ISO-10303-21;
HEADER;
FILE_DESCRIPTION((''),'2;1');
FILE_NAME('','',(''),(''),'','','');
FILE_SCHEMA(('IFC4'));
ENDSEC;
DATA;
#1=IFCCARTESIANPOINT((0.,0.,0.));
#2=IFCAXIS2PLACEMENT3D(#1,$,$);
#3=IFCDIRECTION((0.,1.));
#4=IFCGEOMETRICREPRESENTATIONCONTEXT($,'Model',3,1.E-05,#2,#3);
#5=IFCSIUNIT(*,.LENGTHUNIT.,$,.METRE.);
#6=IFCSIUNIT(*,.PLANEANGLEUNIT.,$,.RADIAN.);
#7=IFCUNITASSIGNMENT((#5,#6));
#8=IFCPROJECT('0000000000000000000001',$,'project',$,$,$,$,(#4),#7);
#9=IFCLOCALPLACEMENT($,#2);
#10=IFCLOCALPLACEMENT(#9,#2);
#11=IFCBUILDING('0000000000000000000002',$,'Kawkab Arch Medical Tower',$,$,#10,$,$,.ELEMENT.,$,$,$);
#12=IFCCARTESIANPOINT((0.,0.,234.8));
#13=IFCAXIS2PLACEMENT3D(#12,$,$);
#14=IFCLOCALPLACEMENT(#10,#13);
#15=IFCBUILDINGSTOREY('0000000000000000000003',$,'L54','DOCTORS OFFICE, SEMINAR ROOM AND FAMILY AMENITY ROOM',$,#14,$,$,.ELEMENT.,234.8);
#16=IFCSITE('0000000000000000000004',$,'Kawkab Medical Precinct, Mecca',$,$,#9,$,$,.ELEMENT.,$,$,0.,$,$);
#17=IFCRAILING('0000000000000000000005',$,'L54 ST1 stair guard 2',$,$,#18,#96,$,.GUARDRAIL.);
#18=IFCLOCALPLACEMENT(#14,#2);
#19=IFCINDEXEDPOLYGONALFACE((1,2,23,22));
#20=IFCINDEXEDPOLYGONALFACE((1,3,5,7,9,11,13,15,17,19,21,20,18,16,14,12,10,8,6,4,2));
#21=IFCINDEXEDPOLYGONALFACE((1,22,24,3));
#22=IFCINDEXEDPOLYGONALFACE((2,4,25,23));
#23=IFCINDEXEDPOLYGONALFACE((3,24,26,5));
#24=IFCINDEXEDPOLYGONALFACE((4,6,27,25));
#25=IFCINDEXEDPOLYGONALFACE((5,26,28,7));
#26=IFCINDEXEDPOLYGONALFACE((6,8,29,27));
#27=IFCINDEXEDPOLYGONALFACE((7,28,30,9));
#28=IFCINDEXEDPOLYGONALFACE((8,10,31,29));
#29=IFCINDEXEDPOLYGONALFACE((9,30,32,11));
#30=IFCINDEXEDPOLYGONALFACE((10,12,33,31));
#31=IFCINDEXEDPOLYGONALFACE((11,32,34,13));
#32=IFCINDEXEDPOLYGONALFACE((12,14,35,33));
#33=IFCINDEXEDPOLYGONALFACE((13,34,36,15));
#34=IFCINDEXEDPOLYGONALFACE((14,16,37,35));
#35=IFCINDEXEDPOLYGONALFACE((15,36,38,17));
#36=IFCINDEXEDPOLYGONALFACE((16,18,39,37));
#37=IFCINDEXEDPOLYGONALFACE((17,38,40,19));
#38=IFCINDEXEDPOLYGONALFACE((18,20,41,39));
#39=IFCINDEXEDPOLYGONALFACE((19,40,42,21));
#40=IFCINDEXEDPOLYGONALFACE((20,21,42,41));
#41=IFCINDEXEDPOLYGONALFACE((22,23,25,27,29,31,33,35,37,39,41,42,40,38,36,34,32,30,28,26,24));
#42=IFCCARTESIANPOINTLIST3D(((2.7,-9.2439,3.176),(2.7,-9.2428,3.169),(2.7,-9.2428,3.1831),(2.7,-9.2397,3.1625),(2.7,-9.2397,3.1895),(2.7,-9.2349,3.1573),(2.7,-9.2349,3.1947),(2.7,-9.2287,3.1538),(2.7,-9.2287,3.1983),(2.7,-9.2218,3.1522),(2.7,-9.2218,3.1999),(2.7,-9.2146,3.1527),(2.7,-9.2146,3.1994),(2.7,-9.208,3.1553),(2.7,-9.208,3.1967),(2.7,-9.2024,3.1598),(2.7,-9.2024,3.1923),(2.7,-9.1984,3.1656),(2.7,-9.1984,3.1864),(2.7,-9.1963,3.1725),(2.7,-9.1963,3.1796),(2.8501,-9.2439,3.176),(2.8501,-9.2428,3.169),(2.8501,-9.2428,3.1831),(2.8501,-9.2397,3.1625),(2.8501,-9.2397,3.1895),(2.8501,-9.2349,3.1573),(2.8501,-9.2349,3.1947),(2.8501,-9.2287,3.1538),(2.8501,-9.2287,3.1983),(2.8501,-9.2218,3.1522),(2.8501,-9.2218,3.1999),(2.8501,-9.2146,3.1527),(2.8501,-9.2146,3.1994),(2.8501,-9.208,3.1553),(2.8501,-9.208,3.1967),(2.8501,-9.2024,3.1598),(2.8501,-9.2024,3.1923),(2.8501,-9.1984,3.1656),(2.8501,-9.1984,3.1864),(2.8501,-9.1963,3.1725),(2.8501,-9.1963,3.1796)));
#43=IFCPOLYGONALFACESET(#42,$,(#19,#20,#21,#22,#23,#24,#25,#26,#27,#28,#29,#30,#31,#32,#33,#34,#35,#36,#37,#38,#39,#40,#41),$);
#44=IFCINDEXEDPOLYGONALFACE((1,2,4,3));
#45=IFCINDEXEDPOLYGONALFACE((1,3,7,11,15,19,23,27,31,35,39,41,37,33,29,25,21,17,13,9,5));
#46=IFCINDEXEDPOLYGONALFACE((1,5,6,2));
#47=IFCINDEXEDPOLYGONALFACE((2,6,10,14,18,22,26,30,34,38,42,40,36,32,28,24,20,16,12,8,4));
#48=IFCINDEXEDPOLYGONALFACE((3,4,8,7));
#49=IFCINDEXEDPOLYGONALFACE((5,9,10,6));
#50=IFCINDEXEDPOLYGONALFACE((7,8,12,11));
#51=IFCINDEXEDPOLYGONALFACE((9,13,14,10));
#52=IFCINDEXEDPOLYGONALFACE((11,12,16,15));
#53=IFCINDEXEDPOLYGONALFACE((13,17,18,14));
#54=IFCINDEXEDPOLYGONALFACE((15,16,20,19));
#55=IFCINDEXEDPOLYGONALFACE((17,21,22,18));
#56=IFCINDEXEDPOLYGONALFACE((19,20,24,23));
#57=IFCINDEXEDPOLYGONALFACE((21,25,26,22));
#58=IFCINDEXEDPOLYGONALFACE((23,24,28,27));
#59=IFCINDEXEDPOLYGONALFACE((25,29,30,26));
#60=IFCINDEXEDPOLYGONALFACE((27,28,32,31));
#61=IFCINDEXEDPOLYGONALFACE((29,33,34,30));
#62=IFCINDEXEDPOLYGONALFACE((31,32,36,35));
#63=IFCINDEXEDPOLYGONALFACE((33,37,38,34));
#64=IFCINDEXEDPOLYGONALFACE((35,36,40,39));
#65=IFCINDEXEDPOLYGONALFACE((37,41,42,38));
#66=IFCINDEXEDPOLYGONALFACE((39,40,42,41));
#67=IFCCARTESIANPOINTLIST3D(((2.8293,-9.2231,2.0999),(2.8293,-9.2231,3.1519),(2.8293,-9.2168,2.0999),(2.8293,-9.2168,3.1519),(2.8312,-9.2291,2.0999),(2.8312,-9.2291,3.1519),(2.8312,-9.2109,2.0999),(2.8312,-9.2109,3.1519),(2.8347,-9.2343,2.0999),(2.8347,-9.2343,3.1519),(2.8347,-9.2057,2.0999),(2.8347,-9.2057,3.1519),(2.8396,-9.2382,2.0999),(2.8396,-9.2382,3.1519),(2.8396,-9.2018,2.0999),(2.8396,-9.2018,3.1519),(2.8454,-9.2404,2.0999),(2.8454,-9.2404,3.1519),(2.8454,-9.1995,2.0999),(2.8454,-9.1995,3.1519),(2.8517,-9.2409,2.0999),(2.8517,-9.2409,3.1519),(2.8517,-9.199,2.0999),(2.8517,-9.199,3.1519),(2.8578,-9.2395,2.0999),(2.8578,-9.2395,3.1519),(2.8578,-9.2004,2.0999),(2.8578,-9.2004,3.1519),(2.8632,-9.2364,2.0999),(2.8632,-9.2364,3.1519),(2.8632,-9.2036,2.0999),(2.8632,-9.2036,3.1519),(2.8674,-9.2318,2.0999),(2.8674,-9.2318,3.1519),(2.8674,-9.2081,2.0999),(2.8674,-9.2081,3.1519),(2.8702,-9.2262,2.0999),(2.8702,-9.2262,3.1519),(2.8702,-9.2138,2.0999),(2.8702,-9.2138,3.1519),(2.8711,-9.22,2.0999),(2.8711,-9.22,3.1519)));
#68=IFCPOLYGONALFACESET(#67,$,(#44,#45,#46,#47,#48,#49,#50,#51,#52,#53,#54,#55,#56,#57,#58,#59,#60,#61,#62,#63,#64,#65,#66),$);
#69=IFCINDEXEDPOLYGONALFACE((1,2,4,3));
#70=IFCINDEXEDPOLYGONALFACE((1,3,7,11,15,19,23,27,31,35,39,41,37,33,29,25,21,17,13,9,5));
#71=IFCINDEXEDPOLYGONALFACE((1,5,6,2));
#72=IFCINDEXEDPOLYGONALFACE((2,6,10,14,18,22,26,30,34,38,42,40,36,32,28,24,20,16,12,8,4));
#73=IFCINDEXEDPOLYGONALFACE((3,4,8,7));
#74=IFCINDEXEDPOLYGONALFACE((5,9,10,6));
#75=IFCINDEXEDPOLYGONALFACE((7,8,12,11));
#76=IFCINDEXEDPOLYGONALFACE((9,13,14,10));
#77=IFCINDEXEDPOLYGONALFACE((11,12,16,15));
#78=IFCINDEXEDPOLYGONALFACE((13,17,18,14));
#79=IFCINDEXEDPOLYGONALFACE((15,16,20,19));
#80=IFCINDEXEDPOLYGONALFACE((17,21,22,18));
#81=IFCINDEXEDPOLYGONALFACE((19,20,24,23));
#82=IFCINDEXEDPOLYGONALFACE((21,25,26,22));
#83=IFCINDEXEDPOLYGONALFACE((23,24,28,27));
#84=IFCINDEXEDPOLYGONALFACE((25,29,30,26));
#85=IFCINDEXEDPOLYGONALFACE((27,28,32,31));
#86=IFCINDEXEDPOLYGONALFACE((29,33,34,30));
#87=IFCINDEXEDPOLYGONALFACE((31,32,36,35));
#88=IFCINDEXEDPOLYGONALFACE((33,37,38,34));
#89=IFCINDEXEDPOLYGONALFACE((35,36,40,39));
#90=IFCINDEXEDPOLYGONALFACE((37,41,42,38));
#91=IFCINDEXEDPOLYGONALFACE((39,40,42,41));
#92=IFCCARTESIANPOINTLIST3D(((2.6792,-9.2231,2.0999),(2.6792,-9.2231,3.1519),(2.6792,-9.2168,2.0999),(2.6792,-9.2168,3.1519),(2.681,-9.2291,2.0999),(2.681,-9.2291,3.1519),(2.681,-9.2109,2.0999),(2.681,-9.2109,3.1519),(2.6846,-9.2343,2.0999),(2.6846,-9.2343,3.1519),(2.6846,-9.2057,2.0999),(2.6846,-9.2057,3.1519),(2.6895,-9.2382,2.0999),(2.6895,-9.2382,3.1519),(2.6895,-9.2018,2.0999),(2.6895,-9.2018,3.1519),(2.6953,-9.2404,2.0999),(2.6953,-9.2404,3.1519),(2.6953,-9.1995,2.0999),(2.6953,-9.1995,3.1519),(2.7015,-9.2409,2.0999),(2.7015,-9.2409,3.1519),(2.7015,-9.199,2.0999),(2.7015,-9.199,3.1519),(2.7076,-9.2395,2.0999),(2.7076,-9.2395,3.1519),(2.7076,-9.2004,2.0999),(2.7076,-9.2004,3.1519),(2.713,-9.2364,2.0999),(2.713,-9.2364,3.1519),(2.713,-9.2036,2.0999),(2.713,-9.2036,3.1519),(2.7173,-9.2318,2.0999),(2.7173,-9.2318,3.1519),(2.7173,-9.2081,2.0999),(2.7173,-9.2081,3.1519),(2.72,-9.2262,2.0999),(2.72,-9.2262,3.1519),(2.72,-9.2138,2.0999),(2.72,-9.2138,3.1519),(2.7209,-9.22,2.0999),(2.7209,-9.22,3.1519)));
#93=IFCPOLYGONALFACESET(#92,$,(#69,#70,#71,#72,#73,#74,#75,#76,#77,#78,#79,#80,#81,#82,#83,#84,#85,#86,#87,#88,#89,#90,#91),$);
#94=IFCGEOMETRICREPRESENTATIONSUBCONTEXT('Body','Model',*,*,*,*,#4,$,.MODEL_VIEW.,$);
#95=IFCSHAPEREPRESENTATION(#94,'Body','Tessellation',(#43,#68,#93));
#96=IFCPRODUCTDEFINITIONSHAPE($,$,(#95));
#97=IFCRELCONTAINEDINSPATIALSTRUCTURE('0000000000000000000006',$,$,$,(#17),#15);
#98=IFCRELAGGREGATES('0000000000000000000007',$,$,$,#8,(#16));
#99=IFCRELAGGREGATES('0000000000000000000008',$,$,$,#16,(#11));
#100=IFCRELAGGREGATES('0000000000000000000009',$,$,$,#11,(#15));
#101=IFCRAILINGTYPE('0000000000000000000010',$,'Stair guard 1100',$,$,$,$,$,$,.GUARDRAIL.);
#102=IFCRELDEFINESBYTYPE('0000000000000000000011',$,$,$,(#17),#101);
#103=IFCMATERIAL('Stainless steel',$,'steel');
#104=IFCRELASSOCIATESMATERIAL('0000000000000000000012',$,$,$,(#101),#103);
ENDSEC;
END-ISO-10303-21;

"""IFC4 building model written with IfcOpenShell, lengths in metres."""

from ifc_helpers import new_model, si_unit, direction, frame, origin, origin_2d, place, context, subcontext, project, spatial, circle, extrude, material, type_object, element, save


model = new_model("IFC4")

# Units and contexts
model_context = context("Model", 3, precision=1e-05, world=origin(), true_north=direction((0.0, 1.0)))
body_context = subcontext(model_context, "Body", "Model", "MODEL_VIEW")
ifc_project = project(units=[si_unit("LENGTHUNIT", "METRE"), si_unit("PLANEANGLEUNIT", "RADIAN")], contexts=[model_context])

# Site, building, storey
site_placement = place(None, origin())
site = spatial("IfcSite", under=ifc_project, at=site_placement, Name="Kawkab Medical Precinct, Mecca", CompositionType="ELEMENT", RefElevation=0.0)
building_placement = place(site_placement, origin())
building = spatial("IfcBuilding", under=site, at=building_placement, Name="Kawkab Arch Medical Tower", CompositionType="ELEMENT")
storey_placement = place(building_placement, frame((0.0, 0.0, 234.8)))
storey = spatial("IfcBuildingStorey", under=building, at=storey_placement, Name="L54", Description="DOCTORS OFFICE, SEMINAR ROOM AND FAMILY AMENITY ROOM", CompositionType="ELEMENT", Elevation=234.8)

# Railing
ifc_material_1 = material(Name="Stainless steel", Category="steel")
railing_type_1 = type_object("IfcRailingType", Name="Stair guard 1100", PredefinedType="GUARDRAIL", material=ifc_material_1)
railing_1_placement = place(storey_placement, frame((2.8501, -9.22, 2.0999)))
element("IfcRailing", 1, at=railing_1_placement, inside=storey, type_object=railing_type_1, Name="L54 ST1 stair guard 2", PredefinedType="GUARDRAIL", context=body_context, shape_type="SweptSolid", body=[
    extrude(circle(Radius=0.0239, at=origin_2d()), frame((0.0, 0.0, 1.0762), z_axis=(-1.0, 0.0, 0.0), x_axis=(0.0, -1.0, 0.0)), (0.0, 0.0, 1.0), 0.1501),
    extrude(circle(Radius=0.021, at=origin_2d()), origin(), (0.0, 0.0, 1.0), 1.052),
    extrude(circle(Radius=0.021, at=origin_2d()), frame((-0.1501, 0.0, 0.0)), (0.0, 0.0, 1.0), 1.052),
])

save(model, "model.ifc")
